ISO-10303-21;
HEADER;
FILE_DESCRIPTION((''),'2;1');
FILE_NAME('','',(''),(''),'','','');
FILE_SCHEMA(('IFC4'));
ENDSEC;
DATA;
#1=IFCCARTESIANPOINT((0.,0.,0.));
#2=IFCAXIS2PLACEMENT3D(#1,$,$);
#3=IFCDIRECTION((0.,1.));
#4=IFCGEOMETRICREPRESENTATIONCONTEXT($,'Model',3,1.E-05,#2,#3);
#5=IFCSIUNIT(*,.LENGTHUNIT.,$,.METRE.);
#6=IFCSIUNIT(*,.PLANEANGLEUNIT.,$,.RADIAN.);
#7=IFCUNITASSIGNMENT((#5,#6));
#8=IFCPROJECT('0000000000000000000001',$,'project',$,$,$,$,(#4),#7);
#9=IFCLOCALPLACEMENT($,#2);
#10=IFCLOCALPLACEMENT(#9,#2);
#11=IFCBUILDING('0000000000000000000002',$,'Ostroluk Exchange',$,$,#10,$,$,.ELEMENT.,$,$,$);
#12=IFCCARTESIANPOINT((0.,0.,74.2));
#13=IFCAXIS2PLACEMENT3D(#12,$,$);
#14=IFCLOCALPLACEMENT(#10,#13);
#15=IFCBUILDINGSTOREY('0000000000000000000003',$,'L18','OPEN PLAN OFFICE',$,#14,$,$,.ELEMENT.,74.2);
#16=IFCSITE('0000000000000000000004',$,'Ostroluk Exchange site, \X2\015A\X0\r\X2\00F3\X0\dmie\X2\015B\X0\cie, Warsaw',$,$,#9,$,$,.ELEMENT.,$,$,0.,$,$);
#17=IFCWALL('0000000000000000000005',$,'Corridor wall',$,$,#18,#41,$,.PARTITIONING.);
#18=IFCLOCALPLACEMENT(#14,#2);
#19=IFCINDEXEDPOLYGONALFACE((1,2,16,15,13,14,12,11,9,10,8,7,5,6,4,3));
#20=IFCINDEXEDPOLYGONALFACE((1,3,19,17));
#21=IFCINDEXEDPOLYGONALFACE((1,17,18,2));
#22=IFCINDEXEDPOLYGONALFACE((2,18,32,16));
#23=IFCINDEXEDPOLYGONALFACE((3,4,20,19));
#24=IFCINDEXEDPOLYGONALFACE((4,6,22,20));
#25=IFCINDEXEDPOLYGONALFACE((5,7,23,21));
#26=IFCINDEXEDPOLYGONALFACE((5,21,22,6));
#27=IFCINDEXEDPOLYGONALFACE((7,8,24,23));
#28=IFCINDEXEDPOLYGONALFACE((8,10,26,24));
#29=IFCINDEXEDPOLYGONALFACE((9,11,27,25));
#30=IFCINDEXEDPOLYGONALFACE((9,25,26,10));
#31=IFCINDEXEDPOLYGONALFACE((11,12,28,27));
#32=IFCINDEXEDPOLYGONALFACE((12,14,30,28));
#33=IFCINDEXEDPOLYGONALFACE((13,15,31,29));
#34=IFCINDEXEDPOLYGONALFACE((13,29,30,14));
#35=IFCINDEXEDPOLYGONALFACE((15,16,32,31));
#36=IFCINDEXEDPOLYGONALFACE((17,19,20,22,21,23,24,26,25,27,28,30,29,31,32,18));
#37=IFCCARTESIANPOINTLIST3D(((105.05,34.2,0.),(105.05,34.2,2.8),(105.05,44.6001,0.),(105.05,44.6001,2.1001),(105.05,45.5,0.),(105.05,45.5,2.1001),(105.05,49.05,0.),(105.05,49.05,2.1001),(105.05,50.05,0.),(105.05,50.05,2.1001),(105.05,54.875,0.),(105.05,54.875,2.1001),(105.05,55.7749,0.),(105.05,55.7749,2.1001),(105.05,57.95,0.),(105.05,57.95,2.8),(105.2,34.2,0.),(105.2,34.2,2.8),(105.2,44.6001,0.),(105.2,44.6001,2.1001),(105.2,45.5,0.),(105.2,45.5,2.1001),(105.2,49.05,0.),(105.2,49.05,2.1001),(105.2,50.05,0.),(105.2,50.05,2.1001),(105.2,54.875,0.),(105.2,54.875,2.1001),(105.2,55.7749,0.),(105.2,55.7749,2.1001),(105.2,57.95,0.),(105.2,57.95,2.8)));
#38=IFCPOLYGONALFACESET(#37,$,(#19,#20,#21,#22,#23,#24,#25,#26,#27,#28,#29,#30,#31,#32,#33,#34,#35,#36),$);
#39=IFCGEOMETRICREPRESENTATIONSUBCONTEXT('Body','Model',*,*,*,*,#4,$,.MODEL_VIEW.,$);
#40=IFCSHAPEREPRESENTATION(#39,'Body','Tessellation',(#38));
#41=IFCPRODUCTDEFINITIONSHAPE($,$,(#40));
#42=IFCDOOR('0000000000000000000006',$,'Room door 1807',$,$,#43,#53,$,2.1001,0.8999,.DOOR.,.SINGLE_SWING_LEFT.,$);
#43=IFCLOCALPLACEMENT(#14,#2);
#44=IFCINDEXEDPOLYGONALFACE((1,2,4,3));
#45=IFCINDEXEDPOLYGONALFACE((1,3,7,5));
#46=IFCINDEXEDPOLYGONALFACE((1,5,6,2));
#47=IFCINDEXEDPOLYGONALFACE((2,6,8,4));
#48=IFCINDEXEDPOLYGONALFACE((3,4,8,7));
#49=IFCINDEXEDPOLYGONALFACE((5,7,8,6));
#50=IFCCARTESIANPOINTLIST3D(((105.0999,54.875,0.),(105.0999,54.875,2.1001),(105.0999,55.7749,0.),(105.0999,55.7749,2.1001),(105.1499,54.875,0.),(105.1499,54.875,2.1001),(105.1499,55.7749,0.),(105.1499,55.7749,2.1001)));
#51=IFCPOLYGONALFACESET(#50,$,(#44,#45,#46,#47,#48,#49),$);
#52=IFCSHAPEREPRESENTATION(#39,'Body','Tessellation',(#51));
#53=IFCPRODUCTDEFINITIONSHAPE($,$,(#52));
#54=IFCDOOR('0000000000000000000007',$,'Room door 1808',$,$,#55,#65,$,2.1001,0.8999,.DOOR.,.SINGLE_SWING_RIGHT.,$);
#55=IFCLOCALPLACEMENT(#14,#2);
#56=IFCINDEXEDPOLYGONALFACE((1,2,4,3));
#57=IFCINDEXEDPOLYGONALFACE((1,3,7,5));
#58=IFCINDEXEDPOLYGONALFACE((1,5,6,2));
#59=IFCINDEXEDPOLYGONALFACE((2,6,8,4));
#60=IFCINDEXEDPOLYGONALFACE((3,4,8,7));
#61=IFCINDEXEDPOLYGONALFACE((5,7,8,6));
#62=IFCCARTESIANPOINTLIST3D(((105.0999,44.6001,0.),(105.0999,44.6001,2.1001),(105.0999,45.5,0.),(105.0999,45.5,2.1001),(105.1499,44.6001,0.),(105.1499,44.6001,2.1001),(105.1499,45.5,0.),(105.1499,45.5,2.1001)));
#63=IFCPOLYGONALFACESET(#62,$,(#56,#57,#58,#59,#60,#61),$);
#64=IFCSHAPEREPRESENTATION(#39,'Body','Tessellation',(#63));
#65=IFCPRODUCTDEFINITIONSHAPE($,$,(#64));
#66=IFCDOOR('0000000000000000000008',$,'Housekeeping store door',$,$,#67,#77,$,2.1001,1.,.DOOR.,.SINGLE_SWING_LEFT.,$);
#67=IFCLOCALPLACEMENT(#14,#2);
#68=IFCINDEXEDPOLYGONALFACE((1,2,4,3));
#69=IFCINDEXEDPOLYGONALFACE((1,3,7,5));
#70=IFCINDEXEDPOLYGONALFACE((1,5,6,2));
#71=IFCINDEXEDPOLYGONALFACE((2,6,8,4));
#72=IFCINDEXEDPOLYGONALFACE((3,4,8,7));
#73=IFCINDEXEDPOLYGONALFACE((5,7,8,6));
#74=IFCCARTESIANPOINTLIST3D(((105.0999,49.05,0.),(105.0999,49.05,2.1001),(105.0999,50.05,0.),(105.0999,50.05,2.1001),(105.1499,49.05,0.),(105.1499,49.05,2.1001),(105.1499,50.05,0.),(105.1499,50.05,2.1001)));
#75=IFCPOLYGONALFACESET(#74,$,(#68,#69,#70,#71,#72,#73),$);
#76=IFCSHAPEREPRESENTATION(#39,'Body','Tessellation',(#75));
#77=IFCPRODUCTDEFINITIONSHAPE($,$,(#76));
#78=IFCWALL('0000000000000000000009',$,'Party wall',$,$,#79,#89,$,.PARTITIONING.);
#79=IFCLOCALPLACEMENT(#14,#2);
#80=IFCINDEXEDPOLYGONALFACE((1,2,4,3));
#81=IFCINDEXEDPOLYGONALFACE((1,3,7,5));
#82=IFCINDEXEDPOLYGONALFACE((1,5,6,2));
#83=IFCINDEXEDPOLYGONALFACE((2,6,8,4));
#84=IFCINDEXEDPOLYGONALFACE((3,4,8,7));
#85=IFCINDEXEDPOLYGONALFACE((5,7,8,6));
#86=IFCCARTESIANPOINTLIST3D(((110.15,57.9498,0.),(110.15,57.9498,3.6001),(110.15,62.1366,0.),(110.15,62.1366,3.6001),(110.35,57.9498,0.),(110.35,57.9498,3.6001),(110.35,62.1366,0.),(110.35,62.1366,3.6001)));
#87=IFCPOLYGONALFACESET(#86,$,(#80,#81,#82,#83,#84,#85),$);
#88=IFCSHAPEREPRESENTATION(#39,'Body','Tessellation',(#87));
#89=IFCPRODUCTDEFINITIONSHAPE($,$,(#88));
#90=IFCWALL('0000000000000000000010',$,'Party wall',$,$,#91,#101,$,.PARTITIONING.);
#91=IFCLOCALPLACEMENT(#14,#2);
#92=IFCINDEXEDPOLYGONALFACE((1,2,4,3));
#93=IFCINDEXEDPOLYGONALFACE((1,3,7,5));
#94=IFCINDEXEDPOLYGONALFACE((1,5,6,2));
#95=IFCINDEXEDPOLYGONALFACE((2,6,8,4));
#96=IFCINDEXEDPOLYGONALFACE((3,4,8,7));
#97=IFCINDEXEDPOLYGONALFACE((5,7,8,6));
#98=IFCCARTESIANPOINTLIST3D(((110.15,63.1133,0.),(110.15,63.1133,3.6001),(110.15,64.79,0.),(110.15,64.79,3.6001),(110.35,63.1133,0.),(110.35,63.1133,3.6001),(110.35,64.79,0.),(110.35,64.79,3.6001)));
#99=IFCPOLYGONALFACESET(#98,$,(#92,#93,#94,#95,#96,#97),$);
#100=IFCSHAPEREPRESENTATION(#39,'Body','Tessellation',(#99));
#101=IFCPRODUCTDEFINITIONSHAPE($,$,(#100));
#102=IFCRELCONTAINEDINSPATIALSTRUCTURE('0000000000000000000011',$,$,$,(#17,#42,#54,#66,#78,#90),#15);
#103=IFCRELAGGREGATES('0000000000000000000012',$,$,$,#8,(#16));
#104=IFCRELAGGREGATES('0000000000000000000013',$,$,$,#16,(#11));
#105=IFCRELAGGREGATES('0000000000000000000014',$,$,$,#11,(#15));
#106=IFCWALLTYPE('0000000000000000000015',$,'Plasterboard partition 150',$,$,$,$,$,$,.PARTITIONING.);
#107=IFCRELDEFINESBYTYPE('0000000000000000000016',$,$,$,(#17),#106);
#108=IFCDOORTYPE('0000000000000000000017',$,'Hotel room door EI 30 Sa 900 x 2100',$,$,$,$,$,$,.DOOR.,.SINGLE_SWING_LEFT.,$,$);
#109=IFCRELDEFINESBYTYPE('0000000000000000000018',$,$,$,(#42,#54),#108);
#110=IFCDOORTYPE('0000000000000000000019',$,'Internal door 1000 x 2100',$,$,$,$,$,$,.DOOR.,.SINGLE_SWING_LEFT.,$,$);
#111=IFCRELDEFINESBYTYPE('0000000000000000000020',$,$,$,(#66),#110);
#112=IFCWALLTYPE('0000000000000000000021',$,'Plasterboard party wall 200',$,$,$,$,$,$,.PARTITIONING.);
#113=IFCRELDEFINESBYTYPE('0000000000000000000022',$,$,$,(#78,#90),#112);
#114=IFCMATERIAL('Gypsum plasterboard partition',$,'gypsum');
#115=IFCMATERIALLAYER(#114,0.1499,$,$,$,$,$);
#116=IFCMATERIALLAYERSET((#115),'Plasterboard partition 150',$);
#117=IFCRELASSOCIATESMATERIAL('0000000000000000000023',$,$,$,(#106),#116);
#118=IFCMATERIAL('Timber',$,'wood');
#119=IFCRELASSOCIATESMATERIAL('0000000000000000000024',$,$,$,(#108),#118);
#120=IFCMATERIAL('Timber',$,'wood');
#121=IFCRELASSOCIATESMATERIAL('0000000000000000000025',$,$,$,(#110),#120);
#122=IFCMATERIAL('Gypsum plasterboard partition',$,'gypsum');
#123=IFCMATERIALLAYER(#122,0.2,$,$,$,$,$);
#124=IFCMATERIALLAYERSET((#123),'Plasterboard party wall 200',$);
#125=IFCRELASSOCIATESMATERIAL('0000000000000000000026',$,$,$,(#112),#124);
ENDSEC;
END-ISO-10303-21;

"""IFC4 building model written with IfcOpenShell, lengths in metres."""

from ifc_helpers import new_model, si_unit, direction, frame, frame_2d, origin, place, context, subcontext, project, spatial, rectangle, extrude, material, layer, layer_set, type_object, element, fill, save


model = new_model("IFC4")

# Units and contexts
model_context = context("Model", 3, precision=1e-05, world=origin(), true_north=direction((0.0, 1.0)))
body_context = subcontext(model_context, "Body", "Model", "MODEL_VIEW")
ifc_project = project(units=[si_unit("LENGTHUNIT", "METRE"), si_unit("PLANEANGLEUNIT", "RADIAN")], contexts=[model_context])

# Site, building, storey
site_placement = place(None, origin())
site = spatial("IfcSite", under=ifc_project, at=site_placement, Name="Ostroluk Exchange site, Śródmieście, Warsaw", CompositionType="ELEMENT", RefElevation=0.0)
building_placement = place(site_placement, origin())
building = spatial("IfcBuilding", under=site, at=building_placement, Name="Ostroluk Exchange", CompositionType="ELEMENT")
storey_placement = place(building_placement, frame((0.0, 0.0, 74.2)))
storey = spatial("IfcBuildingStorey", under=building, at=storey_placement, Name="L18", Description="OPEN PLAN OFFICE", CompositionType="ELEMENT", Elevation=74.2)

# Wall, openings, doors
ifc_material_1 = material(Name="Gypsum plasterboard partition", Category="gypsum")
ifc_layer_1 = layer(ifc_material_1, 0.1499)
ifc_layer_set_1 = layer_set([ifc_layer_1], Name="Plasterboard partition 150")
wall_type_1 = type_object("IfcWallType", Name="Plasterboard partition 150", PredefinedType="PARTITIONING", material=ifc_layer_set_1)
wall_1_placement = place(storey_placement, frame((105.125, 57.95, 0.0), z_axis=(0.0, 0.0, 1.0), x_axis=(0.0, -1.0, 0.0)))
wall_1 = element("IfcWall", 1, at=wall_1_placement, inside=storey, type_object=wall_type_1, Name="Corridor wall", PredefinedType="PARTITIONING", context=body_context, shape_type="SweptSolid", body=[
    extrude(rectangle(XDim=23.75, YDim=0.1499, at=frame_2d((11.875, 0.0))), origin(), (0.0, 0.0, 1.0), 2.8),
])
opening_1_placement = place(wall_1_placement, frame((2.175, 0.0, 0.0)))
opening_1 = element("IfcOpeningElement", 2, at=opening_1_placement, cuts=wall_1, PredefinedType="OPENING", context=body_context, shape_type="SweptSolid", body=[
    extrude(rectangle(XDim=0.8999, YDim=2.1001, at=frame_2d((0.45, 1.05))), frame((0.0, 0.085, 0.0), z_axis=(0.0, -1.0, 0.0), x_axis=(1.0, 0.0, 0.0)), (0.0, 0.0, 1.0), 0.1699),
])
opening_2_placement = place(wall_1_placement, frame((7.8999, 0.0, 0.0)))
opening_2 = element("IfcOpeningElement", 3, at=opening_2_placement, cuts=wall_1, PredefinedType="OPENING", context=body_context, shape_type="SweptSolid", body=[
    extrude(rectangle(XDim=1.0, YDim=2.1001, at=frame_2d((0.5, 1.05))), frame((0.0, 0.085, 0.0), z_axis=(0.0, -1.0, 0.0), x_axis=(1.0, 0.0, 0.0)), (0.0, 0.0, 1.0), 0.1699),
])
opening_3_placement = place(wall_1_placement, frame((12.45, 0.0, 0.0)))
opening_3 = element("IfcOpeningElement", 4, at=opening_3_placement, cuts=wall_1, PredefinedType="OPENING", context=body_context, shape_type="SweptSolid", body=[
    extrude(rectangle(XDim=0.8999, YDim=2.1001, at=frame_2d((0.45, 1.05))), frame((0.0, 0.085, 0.0), z_axis=(0.0, -1.0, 0.0), x_axis=(1.0, 0.0, 0.0)), (0.0, 0.0, 1.0), 0.1699),
])
ifc_material_2 = material(Name="Timber", Category="wood")
door_type_1 = type_object("IfcDoorType", Name="Hotel room door EI 30 Sa 900 x 2100", OperationType="SINGLE_SWING_LEFT", PredefinedType="DOOR", material=ifc_material_2)
door_1_placement = place(opening_1_placement, origin())
door_1 = element("IfcDoor", 5, at=door_1_placement, inside=storey, type_object=door_type_1, Name="Room door 1807", OperationType="SINGLE_SWING_LEFT", OverallHeight=2.1001, OverallWidth=0.8999, PredefinedType="DOOR", context=body_context, shape_type="SweptSolid", body=[
    extrude(rectangle(XDim=0.8999, YDim=2.1001, at=frame_2d((0.45, 1.05))), frame((0.0, 0.0249, 0.0), z_axis=(0.0, -1.0, 0.0), x_axis=(1.0, 0.0, 0.0)), (0.0, 0.0, 1.0), 0.05),
])
fill(opening_1, door_1)
door_2_placement = place(opening_3_placement, origin())
door_2 = element("IfcDoor", 6, at=door_2_placement, inside=storey, type_object=door_type_1, Name="Room door 1808", OperationType="SINGLE_SWING_RIGHT", OverallHeight=2.1001, OverallWidth=0.8999, PredefinedType="DOOR", context=body_context, shape_type="SweptSolid", body=[
    extrude(rectangle(XDim=0.8999, YDim=2.1001, at=frame_2d((0.45, 1.05))), frame((0.0, 0.0249, 0.0), z_axis=(0.0, -1.0, 0.0), x_axis=(1.0, 0.0, 0.0)), (0.0, 0.0, 1.0), 0.05),
])
fill(opening_3, door_2)
ifc_material_3 = material(Name="Timber", Category="wood")
door_type_2 = type_object("IfcDoorType", Name="Internal door 1000 x 2100", OperationType="SINGLE_SWING_LEFT", PredefinedType="DOOR", material=ifc_material_3)
door_3_placement = place(opening_2_placement, origin())
door_3 = element("IfcDoor", 7, at=door_3_placement, inside=storey, type_object=door_type_2, Name="Housekeeping store door", OperationType="SINGLE_SWING_LEFT", OverallHeight=2.1001, OverallWidth=1.0, PredefinedType="DOOR", context=body_context, shape_type="SweptSolid", body=[
    extrude(rectangle(XDim=1.0, YDim=2.1001, at=frame_2d((0.5, 1.05))), frame((0.0, 0.0249, 0.0), z_axis=(0.0, -1.0, 0.0), x_axis=(1.0, 0.0, 0.0)), (0.0, 0.0, 1.0), 0.05),
])
fill(opening_2, door_3)

# Walls
ifc_material_4 = material(Name="Gypsum plasterboard partition", Category="gypsum")
ifc_layer_2 = layer(ifc_material_4, 0.2)
ifc_layer_set_2 = layer_set([ifc_layer_2], Name="Plasterboard party wall 200")
wall_type_2 = type_object("IfcWallType", Name="Plasterboard party wall 200", PredefinedType="PARTITIONING", material=ifc_layer_set_2)
wall_2_placement = place(storey_placement, frame((110.25, 57.95, 0.0), z_axis=(0.0, 0.0, 1.0), x_axis=(0.0, 1.0, 0.0)))
element("IfcWall", 8, at=wall_2_placement, inside=storey, type_object=wall_type_2, Name="Party wall", PredefinedType="PARTITIONING", context=body_context, shape_type="SweptSolid", body=[
    extrude(rectangle(XDim=4.1868, YDim=0.2, at=frame_2d((2.0933, 0.0))), origin(), (0.0, 0.0, 1.0), 3.6001),
])
wall_3_placement = place(storey_placement, frame((110.25, 63.1133, 0.0), z_axis=(0.0, 0.0, 1.0), x_axis=(0.0, 1.0, 0.0)))
element("IfcWall", 9, at=wall_3_placement, inside=storey, type_object=wall_type_2, Name="Party wall", PredefinedType="PARTITIONING", context=body_context, shape_type="SweptSolid", body=[
    extrude(rectangle(XDim=1.6768, YDim=0.2, at=frame_2d((0.8384, 0.0))), origin(), (0.0, 0.0, 1.0), 3.6001),
])

save(model, "model.ifc")
